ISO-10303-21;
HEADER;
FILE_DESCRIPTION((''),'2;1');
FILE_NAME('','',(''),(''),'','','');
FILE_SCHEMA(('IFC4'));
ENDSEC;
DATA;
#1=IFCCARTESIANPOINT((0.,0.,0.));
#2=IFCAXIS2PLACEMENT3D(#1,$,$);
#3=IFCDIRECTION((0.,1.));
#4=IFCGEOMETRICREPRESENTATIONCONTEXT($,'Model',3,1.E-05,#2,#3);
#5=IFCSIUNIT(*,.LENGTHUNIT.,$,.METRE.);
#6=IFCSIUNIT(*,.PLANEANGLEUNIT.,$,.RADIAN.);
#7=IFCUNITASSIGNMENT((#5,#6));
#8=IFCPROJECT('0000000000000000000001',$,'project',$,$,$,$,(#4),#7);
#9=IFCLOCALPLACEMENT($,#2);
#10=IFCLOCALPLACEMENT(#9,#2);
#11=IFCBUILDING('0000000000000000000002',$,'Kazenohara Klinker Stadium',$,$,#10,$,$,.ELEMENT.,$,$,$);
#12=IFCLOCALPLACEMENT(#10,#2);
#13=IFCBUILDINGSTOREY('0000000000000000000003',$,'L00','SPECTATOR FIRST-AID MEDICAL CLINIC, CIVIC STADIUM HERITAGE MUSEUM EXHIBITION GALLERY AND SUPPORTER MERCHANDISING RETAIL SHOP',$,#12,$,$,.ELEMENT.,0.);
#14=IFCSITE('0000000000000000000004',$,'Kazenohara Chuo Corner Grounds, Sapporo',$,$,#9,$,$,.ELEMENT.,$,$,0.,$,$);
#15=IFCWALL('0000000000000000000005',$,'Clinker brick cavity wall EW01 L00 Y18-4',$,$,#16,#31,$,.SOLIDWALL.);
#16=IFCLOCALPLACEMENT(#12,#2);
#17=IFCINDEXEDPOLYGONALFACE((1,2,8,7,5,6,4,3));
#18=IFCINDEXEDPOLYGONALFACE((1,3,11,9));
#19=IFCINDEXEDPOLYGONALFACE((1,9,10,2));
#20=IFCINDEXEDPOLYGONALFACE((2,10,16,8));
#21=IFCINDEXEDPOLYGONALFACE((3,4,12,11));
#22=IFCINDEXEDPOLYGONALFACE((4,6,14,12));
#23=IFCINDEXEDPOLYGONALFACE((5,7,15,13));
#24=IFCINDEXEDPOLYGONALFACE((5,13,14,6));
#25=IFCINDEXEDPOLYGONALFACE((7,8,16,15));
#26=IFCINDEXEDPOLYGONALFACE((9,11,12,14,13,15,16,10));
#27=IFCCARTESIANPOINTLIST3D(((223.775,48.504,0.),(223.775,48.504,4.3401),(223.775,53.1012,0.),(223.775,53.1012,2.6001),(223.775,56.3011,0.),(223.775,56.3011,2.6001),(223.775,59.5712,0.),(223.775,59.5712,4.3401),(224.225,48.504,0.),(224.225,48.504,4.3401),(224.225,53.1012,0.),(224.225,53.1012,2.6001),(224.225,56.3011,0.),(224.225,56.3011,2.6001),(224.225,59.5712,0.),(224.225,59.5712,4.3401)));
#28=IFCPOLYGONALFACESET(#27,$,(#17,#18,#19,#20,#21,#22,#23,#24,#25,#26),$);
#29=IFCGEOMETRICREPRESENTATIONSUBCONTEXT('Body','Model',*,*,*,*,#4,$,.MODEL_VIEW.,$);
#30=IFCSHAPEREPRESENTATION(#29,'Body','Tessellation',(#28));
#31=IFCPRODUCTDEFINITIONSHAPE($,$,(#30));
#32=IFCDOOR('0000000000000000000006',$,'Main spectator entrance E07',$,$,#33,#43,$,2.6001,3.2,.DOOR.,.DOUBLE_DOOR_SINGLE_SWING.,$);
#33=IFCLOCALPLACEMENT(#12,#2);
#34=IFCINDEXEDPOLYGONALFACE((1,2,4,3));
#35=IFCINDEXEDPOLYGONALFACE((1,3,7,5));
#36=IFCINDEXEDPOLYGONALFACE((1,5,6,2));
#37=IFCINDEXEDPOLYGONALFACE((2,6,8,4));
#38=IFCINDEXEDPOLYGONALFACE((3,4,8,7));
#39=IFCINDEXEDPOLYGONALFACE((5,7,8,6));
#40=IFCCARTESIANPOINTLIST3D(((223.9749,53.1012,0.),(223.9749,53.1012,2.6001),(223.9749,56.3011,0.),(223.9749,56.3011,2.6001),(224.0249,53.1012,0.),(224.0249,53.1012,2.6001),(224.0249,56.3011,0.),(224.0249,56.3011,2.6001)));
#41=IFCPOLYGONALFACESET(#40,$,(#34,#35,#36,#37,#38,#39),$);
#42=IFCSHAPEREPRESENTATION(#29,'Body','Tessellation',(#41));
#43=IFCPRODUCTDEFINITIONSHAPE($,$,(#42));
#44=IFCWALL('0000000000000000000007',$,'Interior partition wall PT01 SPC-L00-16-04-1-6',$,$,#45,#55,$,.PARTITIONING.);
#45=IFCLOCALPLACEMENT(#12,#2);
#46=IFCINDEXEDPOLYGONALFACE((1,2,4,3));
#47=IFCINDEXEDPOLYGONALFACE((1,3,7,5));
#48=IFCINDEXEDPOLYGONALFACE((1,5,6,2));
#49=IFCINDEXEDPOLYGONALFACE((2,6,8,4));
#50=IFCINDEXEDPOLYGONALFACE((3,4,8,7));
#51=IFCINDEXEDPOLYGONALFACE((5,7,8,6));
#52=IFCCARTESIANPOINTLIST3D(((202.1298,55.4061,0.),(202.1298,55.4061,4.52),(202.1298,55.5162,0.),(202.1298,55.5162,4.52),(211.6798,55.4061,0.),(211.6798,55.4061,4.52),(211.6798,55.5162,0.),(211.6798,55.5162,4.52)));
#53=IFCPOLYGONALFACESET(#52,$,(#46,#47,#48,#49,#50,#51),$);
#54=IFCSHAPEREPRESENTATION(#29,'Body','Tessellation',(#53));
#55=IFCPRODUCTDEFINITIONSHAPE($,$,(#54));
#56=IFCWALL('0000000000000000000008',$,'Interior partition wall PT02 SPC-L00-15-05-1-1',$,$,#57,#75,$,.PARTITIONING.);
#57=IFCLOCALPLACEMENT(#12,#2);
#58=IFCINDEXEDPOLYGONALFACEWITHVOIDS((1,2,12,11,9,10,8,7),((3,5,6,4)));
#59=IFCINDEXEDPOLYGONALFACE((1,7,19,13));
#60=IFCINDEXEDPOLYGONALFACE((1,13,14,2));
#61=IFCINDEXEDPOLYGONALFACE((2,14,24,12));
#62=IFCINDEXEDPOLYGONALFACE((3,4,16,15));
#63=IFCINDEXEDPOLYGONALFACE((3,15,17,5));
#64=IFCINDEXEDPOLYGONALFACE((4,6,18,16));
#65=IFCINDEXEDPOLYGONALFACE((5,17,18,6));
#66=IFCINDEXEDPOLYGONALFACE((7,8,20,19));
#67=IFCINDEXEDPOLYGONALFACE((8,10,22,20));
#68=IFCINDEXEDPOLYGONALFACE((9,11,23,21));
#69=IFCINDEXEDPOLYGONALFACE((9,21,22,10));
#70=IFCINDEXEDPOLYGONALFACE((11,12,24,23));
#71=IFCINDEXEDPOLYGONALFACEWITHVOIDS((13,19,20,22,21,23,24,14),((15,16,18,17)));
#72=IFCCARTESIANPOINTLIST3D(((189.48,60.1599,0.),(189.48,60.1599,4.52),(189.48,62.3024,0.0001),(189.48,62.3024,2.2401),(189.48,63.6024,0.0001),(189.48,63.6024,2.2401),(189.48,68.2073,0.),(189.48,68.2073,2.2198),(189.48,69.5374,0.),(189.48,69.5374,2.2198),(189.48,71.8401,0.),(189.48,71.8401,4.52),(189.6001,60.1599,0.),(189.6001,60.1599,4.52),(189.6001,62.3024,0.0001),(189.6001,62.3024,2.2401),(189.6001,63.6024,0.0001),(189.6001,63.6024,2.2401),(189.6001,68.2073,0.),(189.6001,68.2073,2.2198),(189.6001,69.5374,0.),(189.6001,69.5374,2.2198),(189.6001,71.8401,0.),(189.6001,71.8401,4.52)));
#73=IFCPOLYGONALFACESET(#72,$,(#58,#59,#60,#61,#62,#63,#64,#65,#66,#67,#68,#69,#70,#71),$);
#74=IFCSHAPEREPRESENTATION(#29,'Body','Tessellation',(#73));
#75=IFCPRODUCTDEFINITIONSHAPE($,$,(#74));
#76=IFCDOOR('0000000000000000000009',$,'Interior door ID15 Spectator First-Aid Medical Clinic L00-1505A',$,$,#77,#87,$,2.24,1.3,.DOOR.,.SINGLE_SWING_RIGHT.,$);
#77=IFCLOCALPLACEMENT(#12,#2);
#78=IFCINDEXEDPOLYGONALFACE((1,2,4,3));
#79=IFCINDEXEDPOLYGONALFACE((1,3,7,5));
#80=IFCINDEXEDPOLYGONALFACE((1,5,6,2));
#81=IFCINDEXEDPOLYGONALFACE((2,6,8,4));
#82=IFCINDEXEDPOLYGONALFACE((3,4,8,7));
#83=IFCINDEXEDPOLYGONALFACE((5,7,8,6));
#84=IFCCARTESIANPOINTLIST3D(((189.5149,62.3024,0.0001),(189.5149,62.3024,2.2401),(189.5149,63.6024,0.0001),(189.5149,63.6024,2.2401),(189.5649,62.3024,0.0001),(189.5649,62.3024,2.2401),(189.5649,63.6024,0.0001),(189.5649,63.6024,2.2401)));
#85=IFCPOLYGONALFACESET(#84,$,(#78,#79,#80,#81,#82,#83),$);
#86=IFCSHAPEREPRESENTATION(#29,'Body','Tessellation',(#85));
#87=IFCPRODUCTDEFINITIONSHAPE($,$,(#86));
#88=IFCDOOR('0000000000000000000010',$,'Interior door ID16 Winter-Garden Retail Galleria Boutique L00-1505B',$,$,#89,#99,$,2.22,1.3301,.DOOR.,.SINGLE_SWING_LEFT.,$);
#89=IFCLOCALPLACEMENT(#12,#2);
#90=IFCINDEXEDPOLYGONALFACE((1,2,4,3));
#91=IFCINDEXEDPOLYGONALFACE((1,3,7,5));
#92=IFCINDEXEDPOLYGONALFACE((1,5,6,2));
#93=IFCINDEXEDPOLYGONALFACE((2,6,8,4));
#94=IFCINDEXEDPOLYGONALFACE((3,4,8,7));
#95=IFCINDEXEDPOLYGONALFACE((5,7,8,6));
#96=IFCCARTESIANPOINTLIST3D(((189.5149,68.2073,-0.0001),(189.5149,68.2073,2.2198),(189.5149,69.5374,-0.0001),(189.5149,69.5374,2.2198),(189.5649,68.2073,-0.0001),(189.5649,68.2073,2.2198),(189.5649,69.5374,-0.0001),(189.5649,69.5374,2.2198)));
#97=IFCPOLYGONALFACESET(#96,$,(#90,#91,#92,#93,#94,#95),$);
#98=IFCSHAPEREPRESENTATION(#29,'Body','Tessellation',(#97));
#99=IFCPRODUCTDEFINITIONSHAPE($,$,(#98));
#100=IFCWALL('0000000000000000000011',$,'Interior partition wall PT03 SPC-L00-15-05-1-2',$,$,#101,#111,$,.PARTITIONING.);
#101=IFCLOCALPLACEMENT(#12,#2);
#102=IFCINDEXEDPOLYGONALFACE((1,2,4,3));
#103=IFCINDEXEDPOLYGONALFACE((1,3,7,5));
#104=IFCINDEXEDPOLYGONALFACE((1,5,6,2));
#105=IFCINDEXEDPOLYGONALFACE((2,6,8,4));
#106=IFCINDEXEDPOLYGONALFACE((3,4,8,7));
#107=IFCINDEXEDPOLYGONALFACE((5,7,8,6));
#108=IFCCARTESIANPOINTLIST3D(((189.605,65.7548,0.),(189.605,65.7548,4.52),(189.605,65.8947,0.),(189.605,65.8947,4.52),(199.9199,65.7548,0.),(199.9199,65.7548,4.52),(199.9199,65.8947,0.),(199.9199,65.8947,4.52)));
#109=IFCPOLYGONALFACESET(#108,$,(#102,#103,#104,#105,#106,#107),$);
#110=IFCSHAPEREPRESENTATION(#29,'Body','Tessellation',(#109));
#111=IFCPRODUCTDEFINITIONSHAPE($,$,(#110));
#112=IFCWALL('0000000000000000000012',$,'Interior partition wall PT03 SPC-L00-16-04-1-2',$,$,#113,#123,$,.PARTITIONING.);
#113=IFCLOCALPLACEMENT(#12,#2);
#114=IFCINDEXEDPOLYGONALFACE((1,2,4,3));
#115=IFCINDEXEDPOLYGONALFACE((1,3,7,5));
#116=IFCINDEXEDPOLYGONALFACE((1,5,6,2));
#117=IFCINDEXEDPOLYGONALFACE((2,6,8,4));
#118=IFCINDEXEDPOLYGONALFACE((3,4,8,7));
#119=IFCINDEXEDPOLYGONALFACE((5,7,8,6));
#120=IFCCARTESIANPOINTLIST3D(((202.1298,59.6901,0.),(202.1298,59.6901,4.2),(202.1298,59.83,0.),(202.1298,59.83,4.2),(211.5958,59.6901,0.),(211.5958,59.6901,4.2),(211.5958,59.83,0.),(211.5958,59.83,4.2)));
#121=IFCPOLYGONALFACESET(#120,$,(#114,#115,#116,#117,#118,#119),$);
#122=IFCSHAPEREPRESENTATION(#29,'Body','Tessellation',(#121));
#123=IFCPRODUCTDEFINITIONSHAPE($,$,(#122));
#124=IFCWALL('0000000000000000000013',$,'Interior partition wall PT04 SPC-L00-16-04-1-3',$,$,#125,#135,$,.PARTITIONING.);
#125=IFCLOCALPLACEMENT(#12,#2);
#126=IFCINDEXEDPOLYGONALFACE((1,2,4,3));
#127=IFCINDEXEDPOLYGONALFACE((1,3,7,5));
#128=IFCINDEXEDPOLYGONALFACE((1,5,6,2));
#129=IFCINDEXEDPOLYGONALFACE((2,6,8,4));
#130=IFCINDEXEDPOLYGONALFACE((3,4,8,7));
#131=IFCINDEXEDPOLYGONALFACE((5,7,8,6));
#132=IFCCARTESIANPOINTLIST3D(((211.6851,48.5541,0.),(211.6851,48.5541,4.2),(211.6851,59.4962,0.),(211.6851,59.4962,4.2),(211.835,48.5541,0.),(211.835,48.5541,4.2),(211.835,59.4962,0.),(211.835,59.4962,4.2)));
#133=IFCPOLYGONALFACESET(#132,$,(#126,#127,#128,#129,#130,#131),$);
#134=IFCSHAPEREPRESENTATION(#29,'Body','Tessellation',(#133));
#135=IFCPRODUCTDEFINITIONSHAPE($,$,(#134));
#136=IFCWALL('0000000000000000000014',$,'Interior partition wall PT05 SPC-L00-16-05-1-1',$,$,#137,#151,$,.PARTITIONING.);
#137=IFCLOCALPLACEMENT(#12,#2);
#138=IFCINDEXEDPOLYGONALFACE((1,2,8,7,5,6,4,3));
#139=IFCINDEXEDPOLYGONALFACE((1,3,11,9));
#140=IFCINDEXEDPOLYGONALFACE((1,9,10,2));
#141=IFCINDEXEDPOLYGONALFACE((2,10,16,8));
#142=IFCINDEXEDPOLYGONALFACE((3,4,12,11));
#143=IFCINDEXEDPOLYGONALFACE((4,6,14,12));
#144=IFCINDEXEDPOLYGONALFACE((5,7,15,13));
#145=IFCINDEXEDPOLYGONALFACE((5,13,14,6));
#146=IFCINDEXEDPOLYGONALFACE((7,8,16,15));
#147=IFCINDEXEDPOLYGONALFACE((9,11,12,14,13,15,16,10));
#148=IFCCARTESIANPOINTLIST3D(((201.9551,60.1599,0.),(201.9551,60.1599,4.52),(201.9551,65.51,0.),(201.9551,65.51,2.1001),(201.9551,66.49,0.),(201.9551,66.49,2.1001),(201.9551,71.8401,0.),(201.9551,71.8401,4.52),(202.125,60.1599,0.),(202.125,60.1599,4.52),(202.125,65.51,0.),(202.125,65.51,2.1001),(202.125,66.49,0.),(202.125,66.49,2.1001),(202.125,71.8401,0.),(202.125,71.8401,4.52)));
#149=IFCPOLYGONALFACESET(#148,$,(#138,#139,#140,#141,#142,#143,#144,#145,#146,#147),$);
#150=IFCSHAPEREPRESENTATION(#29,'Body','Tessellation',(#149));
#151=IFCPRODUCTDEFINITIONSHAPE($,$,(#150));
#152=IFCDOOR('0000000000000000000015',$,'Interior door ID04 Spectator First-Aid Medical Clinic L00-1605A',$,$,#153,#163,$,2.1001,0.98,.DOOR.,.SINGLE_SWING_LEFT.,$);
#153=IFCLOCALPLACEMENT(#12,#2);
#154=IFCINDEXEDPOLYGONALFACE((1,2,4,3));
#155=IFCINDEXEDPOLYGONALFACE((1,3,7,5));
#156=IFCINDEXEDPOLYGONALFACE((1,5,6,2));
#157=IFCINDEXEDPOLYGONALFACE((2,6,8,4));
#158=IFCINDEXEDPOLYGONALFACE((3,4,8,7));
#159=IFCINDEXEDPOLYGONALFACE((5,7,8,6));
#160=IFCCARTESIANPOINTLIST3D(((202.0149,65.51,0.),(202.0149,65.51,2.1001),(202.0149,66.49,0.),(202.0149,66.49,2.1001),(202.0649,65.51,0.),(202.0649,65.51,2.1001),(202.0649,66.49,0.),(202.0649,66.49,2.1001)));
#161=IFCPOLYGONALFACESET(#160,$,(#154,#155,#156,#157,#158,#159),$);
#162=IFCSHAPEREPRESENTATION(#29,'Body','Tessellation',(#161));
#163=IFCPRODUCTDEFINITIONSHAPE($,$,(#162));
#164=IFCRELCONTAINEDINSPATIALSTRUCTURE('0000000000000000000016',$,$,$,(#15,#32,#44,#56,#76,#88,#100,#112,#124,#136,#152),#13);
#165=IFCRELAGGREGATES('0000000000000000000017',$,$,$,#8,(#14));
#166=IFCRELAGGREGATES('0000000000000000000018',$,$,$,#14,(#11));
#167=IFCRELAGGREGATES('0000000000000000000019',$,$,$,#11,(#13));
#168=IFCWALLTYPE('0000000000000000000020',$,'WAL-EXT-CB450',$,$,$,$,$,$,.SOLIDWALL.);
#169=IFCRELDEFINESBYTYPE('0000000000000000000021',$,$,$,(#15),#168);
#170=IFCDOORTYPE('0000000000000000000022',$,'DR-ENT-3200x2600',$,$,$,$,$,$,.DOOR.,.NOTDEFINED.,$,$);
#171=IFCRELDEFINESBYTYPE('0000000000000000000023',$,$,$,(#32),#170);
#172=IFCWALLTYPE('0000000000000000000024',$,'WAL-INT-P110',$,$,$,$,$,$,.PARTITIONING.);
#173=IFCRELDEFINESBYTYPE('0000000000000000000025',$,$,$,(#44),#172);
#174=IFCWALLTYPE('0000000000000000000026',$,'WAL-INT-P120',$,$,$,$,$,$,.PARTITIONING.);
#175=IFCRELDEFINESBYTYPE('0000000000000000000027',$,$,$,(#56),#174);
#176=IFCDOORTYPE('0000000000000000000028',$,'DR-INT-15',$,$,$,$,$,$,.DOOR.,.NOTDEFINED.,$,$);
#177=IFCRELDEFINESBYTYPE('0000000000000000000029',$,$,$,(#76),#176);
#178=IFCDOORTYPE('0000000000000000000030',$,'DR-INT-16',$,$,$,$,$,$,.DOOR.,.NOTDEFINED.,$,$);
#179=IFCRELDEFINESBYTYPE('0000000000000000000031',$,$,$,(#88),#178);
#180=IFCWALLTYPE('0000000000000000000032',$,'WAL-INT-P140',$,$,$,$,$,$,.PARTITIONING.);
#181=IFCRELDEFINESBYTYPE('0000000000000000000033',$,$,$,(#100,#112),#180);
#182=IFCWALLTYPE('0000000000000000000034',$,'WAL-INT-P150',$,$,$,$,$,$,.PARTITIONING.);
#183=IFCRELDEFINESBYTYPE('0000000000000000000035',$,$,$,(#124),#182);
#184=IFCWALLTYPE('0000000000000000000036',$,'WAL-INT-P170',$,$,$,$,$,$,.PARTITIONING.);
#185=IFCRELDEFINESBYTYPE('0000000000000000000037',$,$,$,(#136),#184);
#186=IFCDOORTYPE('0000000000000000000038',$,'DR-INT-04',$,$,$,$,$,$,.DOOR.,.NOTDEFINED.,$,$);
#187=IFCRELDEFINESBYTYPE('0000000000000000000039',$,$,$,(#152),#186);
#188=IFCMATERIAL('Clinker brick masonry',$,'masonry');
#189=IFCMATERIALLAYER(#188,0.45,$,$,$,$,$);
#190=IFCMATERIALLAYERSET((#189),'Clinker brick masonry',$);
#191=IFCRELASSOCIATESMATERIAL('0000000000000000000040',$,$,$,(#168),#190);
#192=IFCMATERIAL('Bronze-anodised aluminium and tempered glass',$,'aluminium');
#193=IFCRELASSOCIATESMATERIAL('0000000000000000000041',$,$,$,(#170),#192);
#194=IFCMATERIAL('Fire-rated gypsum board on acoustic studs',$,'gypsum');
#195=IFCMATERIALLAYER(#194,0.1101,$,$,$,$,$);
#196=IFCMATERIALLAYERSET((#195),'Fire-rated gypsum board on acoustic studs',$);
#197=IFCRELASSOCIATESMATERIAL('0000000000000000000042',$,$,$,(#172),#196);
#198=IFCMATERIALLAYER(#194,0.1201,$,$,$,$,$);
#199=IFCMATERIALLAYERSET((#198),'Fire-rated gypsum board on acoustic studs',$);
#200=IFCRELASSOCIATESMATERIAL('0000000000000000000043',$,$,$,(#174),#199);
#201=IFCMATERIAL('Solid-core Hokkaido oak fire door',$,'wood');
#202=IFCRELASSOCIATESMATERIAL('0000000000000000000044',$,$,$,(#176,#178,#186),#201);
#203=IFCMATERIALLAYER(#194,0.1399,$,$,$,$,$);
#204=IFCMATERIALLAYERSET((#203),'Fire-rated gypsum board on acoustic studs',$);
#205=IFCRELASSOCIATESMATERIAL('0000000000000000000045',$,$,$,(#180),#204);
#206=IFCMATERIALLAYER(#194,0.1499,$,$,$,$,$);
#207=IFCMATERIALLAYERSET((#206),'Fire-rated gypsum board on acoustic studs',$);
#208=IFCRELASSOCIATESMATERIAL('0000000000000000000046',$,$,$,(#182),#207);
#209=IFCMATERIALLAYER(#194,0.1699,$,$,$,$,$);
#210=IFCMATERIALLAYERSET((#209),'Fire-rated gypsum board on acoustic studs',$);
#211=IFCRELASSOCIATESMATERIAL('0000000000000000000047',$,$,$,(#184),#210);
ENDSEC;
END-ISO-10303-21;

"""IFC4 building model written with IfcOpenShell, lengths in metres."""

from ifc_helpers import new_model, si_unit, direction, frame, frame_2d, origin, place, context, subcontext, project, spatial, rectangle, extrude, material, layer, layer_set, type_object, element, fill, save


model = new_model("IFC4")

# Units and contexts
model_context = context("Model", 3, precision=1e-05, world=origin(), true_north=direction((0.0, 1.0)))
body_context = subcontext(model_context, "Body", "Model", "MODEL_VIEW")
ifc_project = project(units=[si_unit("LENGTHUNIT", "METRE"), si_unit("PLANEANGLEUNIT", "RADIAN")], contexts=[model_context])

# Site, building, storey
site_placement = place(None, origin())
site = spatial("IfcSite", under=ifc_project, at=site_placement, Name="Kazenohara Chuo Corner Grounds, Sapporo", CompositionType="ELEMENT", RefElevation=0.0)
building_placement = place(site_placement, origin())
building = spatial("IfcBuilding", under=site, at=building_placement, Name="Kazenohara Klinker Stadium", CompositionType="ELEMENT")
storey_placement = place(building_placement, origin())
storey = spatial("IfcBuildingStorey", under=building, at=storey_placement, Name="L00", Description="SPECTATOR FIRST-AID MEDICAL CLINIC, CIVIC STADIUM HERITAGE MUSEUM EXHIBITION GALLERY AND SUPPORTER MERCHANDISING RETAIL SHOP", CompositionType="ELEMENT", Elevation=0.0)

# Shared definitions
ifc_material_1 = material(Name="Clinker brick masonry", Category="masonry")

# Wall, opening, door
ifc_layer_1 = layer(ifc_material_1, 0.45)
ifc_layer_set_1 = layer_set([ifc_layer_1], Name="Clinker brick masonry")
wall_type_1 = type_object("IfcWallType", Name="WAL-EXT-CB450", PredefinedType="SOLIDWALL", material=ifc_layer_set_1)
wall_1_placement = place(storey_placement, frame((224.0, 48.5039, 0.0), z_axis=(0.0, 0.0, 1.0), x_axis=(0.0, 1.0, 0.0)))
wall_1 = element("IfcWall", 1, at=wall_1_placement, inside=storey, type_object=wall_type_1, Name="Clinker brick cavity wall EW01 L00 Y18-4", PredefinedType="SOLIDWALL", context=body_context, shape_type="SweptSolid", body=[
    extrude(rectangle(XDim=11.0671, YDim=0.45, at=frame_2d((5.5337, 0.0))), origin(), (0.0, 0.0, 1.0), 4.3401),
])
opening_1_placement = place(wall_1_placement, frame((7.7974, 0.0, 0.0), z_axis=(0.0, 0.0, 1.0), x_axis=(-1.0, 0.0, 0.0)))
opening_1 = element("IfcOpeningElement", 2, at=opening_1_placement, cuts=wall_1, PredefinedType="OPENING", context=body_context, shape_type="SweptSolid", body=[
    extrude(rectangle(XDim=3.2, YDim=2.6001, at=frame_2d((1.6001, 1.3))), frame((0.0, 0.2349, 0.0), z_axis=(0.0, -1.0, 0.0), x_axis=(1.0, 0.0, 0.0)), (0.0, 0.0, 1.0), 0.47),
])
ifc_material_2 = material(Name="Bronze-anodised aluminium and tempered glass", Category="aluminium")
door_type_1 = type_object("IfcDoorType", Name="DR-ENT-3200x2600", OperationType="NOTDEFINED", PredefinedType="DOOR", material=ifc_material_2)
door_1_placement = place(opening_1_placement, origin())
door_1 = element("IfcDoor", 3, at=door_1_placement, inside=storey, type_object=door_type_1, Name="Main spectator entrance E07", OperationType="DOUBLE_DOOR_SINGLE_SWING", OverallHeight=2.6001, OverallWidth=3.2, PredefinedType="DOOR", context=body_context, shape_type="SweptSolid", body=[
    extrude(rectangle(XDim=3.2, YDim=2.6001, at=frame_2d((1.6001, 1.3))), frame((0.0, 0.0249, 0.0), z_axis=(0.0, -1.0, 0.0), x_axis=(1.0, 0.0, 0.0)), (0.0, 0.0, 1.0), 0.05),
])
fill(opening_1, door_1)

# Wall
ifc_material_3 = material(Name="Fire-rated gypsum board on acoustic studs", Category="gypsum")
ifc_layer_2 = layer(ifc_material_3, 0.1101)
ifc_layer_set_2 = layer_set([ifc_layer_2], Name="Fire-rated gypsum board on acoustic studs")
wall_type_2 = type_object("IfcWallType", Name="WAL-INT-P110", PredefinedType="PARTITIONING", material=ifc_layer_set_2)
wall_2_placement = place(storey_placement, frame((202.1299, 55.4612, 0.0), z_axis=(0.0, 0.0, 1.0), x_axis=(1.0, 0.0, 0.0)))
element("IfcWall", 4, at=wall_2_placement, inside=storey, type_object=wall_type_2, Name="Interior partition wall PT01 SPC-L00-16-04-1-6", PredefinedType="PARTITIONING", context=body_context, shape_type="SweptSolid", body=[
    extrude(rectangle(XDim=9.55, YDim=0.1101, at=frame_2d((4.7749, 0.0))), origin(), (0.0, 0.0, 1.0), 4.52),
])

# Wall, openings, doors
ifc_layer_3 = layer(ifc_material_3, 0.1201)
ifc_layer_set_3 = layer_set([ifc_layer_3], Name="Fire-rated gypsum board on acoustic studs")
wall_type_3 = type_object("IfcWallType", Name="WAL-INT-P120", PredefinedType="PARTITIONING", material=ifc_layer_set_3)
wall_3_placement = place(storey_placement, frame((189.54, 60.1599, 0.0), z_axis=(0.0, 0.0, 1.0), x_axis=(0.0, 1.0, 0.0)))
wall_3 = element("IfcWall", 5, at=wall_3_placement, inside=storey, type_object=wall_type_3, Name="Interior partition wall PT02 SPC-L00-15-05-1-1", PredefinedType="PARTITIONING", context=body_context, shape_type="SweptSolid", body=[
    extrude(rectangle(XDim=11.6802, YDim=0.1201, at=frame_2d((5.8401, 0.0))), origin(), (0.0, 0.0, 1.0), 4.52),
])
opening_2_placement = place(wall_3_placement, frame((3.4424, 0.0, 0.0), z_axis=(0.0, 0.0, 1.0), x_axis=(-1.0, 0.0, 0.0)))
opening_2 = element("IfcOpeningElement", 6, at=opening_2_placement, cuts=wall_3, PredefinedType="OPENING", context=body_context, shape_type="SweptSolid", body=[
    extrude(rectangle(XDim=1.3, YDim=2.24, at=frame_2d((0.6499, 1.1201))), frame((0.0, 0.0701, 0.0), z_axis=(0.0, -1.0, 0.0), x_axis=(1.0, 0.0, 0.0)), (0.0, 0.0, 1.0), 0.1401),
])
opening_3_placement = place(wall_3_placement, frame((9.3774, 0.0, 0.0), z_axis=(0.0, 0.0, 1.0), x_axis=(-1.0, 0.0, 0.0)))
opening_3 = element("IfcOpeningElement", 7, at=opening_3_placement, cuts=wall_3, PredefinedType="OPENING", context=body_context, shape_type="SweptSolid", body=[
    extrude(rectangle(XDim=1.3301, YDim=2.22, at=frame_2d((0.665, 1.1099))), frame((0.0, 0.0701, 0.0), z_axis=(0.0, -1.0, 0.0), x_axis=(1.0, 0.0, 0.0)), (0.0, 0.0, 1.0), 0.1401),
])
ifc_material_4 = material(Name="Solid-core Hokkaido oak fire door", Category="wood")
door_type_2 = type_object("IfcDoorType", Name="DR-INT-15", OperationType="NOTDEFINED", PredefinedType="DOOR", material=ifc_material_4)
door_2_placement = place(opening_2_placement, origin())
door_2 = element("IfcDoor", 8, at=door_2_placement, inside=storey, type_object=door_type_2, Name="Interior door ID15 Spectator First-Aid Medical Clinic L00-1505A", OperationType="SINGLE_SWING_RIGHT", OverallHeight=2.24, OverallWidth=1.3, PredefinedType="DOOR", context=body_context, shape_type="SweptSolid", body=[
    extrude(rectangle(XDim=1.3, YDim=2.24, at=frame_2d((0.6499, 1.1201))), frame((0.0, 0.0249, 0.0), z_axis=(0.0, -1.0, 0.0), x_axis=(1.0, 0.0, 0.0)), (0.0, 0.0, 1.0), 0.05),
])
fill(opening_2, door_2)
door_type_3 = type_object("IfcDoorType", Name="DR-INT-16", OperationType="NOTDEFINED", PredefinedType="DOOR", material=ifc_material_4)
door_3_placement = place(opening_3_placement, origin())
door_3 = element("IfcDoor", 9, at=door_3_placement, inside=storey, type_object=door_type_3, Name="Interior door ID16 Winter-Garden Retail Galleria Boutique L00-1505B", OperationType="SINGLE_SWING_LEFT", OverallHeight=2.22, OverallWidth=1.3301, PredefinedType="DOOR", context=body_context, shape_type="SweptSolid", body=[
    extrude(rectangle(XDim=1.3301, YDim=2.22, at=frame_2d((0.665, 1.1099))), frame((0.0, 0.0249, 0.0), z_axis=(0.0, -1.0, 0.0), x_axis=(1.0, 0.0, 0.0)), (0.0, 0.0, 1.0), 0.05),
])
fill(opening_3, door_3)

# Walls
ifc_layer_4 = layer(ifc_material_3, 0.1399)
ifc_layer_set_4 = layer_set([ifc_layer_4], Name="Fire-rated gypsum board on acoustic studs")
wall_type_4 = type_object("IfcWallType", Name="WAL-INT-P140", PredefinedType="PARTITIONING", material=ifc_layer_set_4)
wall_4_placement = place(storey_placement, frame((189.605, 65.8247, 0.0), z_axis=(0.0, 0.0, 1.0), x_axis=(1.0, 0.0, 0.0)))
element("IfcWall", 10, at=wall_4_placement, inside=storey, type_object=wall_type_4, Name="Interior partition wall PT03 SPC-L00-15-05-1-2", PredefinedType="PARTITIONING", context=body_context, shape_type="SweptSolid", body=[
    extrude(rectangle(XDim=10.3149, YDim=0.1399, at=frame_2d((5.1575, 0.0))), origin(), (0.0, 0.0, 1.0), 4.52),
])
wall_5_placement = place(storey_placement, frame((202.1299, 59.76, 0.0), z_axis=(0.0, 0.0, 1.0), x_axis=(1.0, 0.0, 0.0)))
element("IfcWall", 11, at=wall_5_placement, inside=storey, type_object=wall_type_4, Name="Interior partition wall PT03 SPC-L00-16-04-1-2", PredefinedType="PARTITIONING", context=body_context, shape_type="SweptSolid", body=[
    extrude(rectangle(XDim=9.4661, YDim=0.1399, at=frame_2d((4.7329, 0.0))), origin(), (0.0, 0.0, 1.0), 4.2),
])
ifc_layer_5 = layer(ifc_material_3, 0.1499)
ifc_layer_set_5 = layer_set([ifc_layer_5], Name="Fire-rated gypsum board on acoustic studs")
wall_type_5 = type_object("IfcWallType", Name="WAL-INT-P150", PredefinedType="PARTITIONING", material=ifc_layer_set_5)
wall_6_placement = place(storey_placement, frame((211.76, 48.554, 0.0), z_axis=(0.0, 0.0, 1.0), x_axis=(0.0, 1.0, 0.0)))
element("IfcWall", 12, at=wall_6_placement, inside=storey, type_object=wall_type_5, Name="Interior partition wall PT04 SPC-L00-16-04-1-3", PredefinedType="PARTITIONING", context=body_context, shape_type="SweptSolid", body=[
    extrude(rectangle(XDim=10.9421, YDim=0.1499, at=frame_2d((5.4712, 0.0))), origin(), (0.0, 0.0, 1.0), 4.2),
])

# Wall, opening, door
ifc_layer_6 = layer(ifc_material_3, 0.1699)
ifc_layer_set_6 = layer_set([ifc_layer_6], Name="Fire-rated gypsum board on acoustic studs")
wall_type_6 = type_object("IfcWallType", Name="WAL-INT-P170", PredefinedType="PARTITIONING", material=ifc_layer_set_6)
wall_7_placement = place(storey_placement, frame((202.04, 60.1599, 0.0), z_axis=(0.0, 0.0, 1.0), x_axis=(0.0, 1.0, 0.0)))
wall_7 = element("IfcWall", 13, at=wall_7_placement, inside=storey, type_object=wall_type_6, Name="Interior partition wall PT05 SPC-L00-16-05-1-1", PredefinedType="PARTITIONING", context=body_context, shape_type="SweptSolid", body=[
    extrude(rectangle(XDim=11.6802, YDim=0.1699, at=frame_2d((5.8401, 0.0))), origin(), (0.0, 0.0, 1.0), 4.52),
])
opening_4_placement = place(wall_7_placement, frame((6.3301, 0.0, 0.0), z_axis=(0.0, 0.0, 1.0), x_axis=(-1.0, 0.0, 0.0)))
opening_4 = element("IfcOpeningElement", 14, at=opening_4_placement, cuts=wall_7, PredefinedType="OPENING", context=body_context, shape_type="SweptSolid", body=[
    extrude(rectangle(XDim=0.98, YDim=2.1001, at=frame_2d((0.49, 1.05))), frame((0.0, 0.095, 0.0), z_axis=(0.0, -1.0, 0.0), x_axis=(1.0, 0.0, 0.0)), (0.0, 0.0, 1.0), 0.1899),
])
door_type_4 = type_object("IfcDoorType", Name="DR-INT-04", OperationType="NOTDEFINED", PredefinedType="DOOR", material=ifc_material_4)
door_4_placement = place(opening_4_placement, origin())
door_4 = element("IfcDoor", 15, at=door_4_placement, inside=storey, type_object=door_type_4, Name="Interior door ID04 Spectator First-Aid Medical Clinic L00-1605A", OperationType="SINGLE_SWING_LEFT", OverallHeight=2.1001, OverallWidth=0.98, PredefinedType="DOOR", context=body_context, shape_type="SweptSolid", body=[
    extrude(rectangle(XDim=0.98, YDim=2.1001, at=frame_2d((0.49, 1.05))), frame((0.0, 0.0249, 0.0), z_axis=(0.0, -1.0, 0.0), x_axis=(1.0, 0.0, 0.0)), (0.0, 0.0, 1.0), 0.05),
])
fill(opening_4, door_4)

save(model, "model.ifc")
